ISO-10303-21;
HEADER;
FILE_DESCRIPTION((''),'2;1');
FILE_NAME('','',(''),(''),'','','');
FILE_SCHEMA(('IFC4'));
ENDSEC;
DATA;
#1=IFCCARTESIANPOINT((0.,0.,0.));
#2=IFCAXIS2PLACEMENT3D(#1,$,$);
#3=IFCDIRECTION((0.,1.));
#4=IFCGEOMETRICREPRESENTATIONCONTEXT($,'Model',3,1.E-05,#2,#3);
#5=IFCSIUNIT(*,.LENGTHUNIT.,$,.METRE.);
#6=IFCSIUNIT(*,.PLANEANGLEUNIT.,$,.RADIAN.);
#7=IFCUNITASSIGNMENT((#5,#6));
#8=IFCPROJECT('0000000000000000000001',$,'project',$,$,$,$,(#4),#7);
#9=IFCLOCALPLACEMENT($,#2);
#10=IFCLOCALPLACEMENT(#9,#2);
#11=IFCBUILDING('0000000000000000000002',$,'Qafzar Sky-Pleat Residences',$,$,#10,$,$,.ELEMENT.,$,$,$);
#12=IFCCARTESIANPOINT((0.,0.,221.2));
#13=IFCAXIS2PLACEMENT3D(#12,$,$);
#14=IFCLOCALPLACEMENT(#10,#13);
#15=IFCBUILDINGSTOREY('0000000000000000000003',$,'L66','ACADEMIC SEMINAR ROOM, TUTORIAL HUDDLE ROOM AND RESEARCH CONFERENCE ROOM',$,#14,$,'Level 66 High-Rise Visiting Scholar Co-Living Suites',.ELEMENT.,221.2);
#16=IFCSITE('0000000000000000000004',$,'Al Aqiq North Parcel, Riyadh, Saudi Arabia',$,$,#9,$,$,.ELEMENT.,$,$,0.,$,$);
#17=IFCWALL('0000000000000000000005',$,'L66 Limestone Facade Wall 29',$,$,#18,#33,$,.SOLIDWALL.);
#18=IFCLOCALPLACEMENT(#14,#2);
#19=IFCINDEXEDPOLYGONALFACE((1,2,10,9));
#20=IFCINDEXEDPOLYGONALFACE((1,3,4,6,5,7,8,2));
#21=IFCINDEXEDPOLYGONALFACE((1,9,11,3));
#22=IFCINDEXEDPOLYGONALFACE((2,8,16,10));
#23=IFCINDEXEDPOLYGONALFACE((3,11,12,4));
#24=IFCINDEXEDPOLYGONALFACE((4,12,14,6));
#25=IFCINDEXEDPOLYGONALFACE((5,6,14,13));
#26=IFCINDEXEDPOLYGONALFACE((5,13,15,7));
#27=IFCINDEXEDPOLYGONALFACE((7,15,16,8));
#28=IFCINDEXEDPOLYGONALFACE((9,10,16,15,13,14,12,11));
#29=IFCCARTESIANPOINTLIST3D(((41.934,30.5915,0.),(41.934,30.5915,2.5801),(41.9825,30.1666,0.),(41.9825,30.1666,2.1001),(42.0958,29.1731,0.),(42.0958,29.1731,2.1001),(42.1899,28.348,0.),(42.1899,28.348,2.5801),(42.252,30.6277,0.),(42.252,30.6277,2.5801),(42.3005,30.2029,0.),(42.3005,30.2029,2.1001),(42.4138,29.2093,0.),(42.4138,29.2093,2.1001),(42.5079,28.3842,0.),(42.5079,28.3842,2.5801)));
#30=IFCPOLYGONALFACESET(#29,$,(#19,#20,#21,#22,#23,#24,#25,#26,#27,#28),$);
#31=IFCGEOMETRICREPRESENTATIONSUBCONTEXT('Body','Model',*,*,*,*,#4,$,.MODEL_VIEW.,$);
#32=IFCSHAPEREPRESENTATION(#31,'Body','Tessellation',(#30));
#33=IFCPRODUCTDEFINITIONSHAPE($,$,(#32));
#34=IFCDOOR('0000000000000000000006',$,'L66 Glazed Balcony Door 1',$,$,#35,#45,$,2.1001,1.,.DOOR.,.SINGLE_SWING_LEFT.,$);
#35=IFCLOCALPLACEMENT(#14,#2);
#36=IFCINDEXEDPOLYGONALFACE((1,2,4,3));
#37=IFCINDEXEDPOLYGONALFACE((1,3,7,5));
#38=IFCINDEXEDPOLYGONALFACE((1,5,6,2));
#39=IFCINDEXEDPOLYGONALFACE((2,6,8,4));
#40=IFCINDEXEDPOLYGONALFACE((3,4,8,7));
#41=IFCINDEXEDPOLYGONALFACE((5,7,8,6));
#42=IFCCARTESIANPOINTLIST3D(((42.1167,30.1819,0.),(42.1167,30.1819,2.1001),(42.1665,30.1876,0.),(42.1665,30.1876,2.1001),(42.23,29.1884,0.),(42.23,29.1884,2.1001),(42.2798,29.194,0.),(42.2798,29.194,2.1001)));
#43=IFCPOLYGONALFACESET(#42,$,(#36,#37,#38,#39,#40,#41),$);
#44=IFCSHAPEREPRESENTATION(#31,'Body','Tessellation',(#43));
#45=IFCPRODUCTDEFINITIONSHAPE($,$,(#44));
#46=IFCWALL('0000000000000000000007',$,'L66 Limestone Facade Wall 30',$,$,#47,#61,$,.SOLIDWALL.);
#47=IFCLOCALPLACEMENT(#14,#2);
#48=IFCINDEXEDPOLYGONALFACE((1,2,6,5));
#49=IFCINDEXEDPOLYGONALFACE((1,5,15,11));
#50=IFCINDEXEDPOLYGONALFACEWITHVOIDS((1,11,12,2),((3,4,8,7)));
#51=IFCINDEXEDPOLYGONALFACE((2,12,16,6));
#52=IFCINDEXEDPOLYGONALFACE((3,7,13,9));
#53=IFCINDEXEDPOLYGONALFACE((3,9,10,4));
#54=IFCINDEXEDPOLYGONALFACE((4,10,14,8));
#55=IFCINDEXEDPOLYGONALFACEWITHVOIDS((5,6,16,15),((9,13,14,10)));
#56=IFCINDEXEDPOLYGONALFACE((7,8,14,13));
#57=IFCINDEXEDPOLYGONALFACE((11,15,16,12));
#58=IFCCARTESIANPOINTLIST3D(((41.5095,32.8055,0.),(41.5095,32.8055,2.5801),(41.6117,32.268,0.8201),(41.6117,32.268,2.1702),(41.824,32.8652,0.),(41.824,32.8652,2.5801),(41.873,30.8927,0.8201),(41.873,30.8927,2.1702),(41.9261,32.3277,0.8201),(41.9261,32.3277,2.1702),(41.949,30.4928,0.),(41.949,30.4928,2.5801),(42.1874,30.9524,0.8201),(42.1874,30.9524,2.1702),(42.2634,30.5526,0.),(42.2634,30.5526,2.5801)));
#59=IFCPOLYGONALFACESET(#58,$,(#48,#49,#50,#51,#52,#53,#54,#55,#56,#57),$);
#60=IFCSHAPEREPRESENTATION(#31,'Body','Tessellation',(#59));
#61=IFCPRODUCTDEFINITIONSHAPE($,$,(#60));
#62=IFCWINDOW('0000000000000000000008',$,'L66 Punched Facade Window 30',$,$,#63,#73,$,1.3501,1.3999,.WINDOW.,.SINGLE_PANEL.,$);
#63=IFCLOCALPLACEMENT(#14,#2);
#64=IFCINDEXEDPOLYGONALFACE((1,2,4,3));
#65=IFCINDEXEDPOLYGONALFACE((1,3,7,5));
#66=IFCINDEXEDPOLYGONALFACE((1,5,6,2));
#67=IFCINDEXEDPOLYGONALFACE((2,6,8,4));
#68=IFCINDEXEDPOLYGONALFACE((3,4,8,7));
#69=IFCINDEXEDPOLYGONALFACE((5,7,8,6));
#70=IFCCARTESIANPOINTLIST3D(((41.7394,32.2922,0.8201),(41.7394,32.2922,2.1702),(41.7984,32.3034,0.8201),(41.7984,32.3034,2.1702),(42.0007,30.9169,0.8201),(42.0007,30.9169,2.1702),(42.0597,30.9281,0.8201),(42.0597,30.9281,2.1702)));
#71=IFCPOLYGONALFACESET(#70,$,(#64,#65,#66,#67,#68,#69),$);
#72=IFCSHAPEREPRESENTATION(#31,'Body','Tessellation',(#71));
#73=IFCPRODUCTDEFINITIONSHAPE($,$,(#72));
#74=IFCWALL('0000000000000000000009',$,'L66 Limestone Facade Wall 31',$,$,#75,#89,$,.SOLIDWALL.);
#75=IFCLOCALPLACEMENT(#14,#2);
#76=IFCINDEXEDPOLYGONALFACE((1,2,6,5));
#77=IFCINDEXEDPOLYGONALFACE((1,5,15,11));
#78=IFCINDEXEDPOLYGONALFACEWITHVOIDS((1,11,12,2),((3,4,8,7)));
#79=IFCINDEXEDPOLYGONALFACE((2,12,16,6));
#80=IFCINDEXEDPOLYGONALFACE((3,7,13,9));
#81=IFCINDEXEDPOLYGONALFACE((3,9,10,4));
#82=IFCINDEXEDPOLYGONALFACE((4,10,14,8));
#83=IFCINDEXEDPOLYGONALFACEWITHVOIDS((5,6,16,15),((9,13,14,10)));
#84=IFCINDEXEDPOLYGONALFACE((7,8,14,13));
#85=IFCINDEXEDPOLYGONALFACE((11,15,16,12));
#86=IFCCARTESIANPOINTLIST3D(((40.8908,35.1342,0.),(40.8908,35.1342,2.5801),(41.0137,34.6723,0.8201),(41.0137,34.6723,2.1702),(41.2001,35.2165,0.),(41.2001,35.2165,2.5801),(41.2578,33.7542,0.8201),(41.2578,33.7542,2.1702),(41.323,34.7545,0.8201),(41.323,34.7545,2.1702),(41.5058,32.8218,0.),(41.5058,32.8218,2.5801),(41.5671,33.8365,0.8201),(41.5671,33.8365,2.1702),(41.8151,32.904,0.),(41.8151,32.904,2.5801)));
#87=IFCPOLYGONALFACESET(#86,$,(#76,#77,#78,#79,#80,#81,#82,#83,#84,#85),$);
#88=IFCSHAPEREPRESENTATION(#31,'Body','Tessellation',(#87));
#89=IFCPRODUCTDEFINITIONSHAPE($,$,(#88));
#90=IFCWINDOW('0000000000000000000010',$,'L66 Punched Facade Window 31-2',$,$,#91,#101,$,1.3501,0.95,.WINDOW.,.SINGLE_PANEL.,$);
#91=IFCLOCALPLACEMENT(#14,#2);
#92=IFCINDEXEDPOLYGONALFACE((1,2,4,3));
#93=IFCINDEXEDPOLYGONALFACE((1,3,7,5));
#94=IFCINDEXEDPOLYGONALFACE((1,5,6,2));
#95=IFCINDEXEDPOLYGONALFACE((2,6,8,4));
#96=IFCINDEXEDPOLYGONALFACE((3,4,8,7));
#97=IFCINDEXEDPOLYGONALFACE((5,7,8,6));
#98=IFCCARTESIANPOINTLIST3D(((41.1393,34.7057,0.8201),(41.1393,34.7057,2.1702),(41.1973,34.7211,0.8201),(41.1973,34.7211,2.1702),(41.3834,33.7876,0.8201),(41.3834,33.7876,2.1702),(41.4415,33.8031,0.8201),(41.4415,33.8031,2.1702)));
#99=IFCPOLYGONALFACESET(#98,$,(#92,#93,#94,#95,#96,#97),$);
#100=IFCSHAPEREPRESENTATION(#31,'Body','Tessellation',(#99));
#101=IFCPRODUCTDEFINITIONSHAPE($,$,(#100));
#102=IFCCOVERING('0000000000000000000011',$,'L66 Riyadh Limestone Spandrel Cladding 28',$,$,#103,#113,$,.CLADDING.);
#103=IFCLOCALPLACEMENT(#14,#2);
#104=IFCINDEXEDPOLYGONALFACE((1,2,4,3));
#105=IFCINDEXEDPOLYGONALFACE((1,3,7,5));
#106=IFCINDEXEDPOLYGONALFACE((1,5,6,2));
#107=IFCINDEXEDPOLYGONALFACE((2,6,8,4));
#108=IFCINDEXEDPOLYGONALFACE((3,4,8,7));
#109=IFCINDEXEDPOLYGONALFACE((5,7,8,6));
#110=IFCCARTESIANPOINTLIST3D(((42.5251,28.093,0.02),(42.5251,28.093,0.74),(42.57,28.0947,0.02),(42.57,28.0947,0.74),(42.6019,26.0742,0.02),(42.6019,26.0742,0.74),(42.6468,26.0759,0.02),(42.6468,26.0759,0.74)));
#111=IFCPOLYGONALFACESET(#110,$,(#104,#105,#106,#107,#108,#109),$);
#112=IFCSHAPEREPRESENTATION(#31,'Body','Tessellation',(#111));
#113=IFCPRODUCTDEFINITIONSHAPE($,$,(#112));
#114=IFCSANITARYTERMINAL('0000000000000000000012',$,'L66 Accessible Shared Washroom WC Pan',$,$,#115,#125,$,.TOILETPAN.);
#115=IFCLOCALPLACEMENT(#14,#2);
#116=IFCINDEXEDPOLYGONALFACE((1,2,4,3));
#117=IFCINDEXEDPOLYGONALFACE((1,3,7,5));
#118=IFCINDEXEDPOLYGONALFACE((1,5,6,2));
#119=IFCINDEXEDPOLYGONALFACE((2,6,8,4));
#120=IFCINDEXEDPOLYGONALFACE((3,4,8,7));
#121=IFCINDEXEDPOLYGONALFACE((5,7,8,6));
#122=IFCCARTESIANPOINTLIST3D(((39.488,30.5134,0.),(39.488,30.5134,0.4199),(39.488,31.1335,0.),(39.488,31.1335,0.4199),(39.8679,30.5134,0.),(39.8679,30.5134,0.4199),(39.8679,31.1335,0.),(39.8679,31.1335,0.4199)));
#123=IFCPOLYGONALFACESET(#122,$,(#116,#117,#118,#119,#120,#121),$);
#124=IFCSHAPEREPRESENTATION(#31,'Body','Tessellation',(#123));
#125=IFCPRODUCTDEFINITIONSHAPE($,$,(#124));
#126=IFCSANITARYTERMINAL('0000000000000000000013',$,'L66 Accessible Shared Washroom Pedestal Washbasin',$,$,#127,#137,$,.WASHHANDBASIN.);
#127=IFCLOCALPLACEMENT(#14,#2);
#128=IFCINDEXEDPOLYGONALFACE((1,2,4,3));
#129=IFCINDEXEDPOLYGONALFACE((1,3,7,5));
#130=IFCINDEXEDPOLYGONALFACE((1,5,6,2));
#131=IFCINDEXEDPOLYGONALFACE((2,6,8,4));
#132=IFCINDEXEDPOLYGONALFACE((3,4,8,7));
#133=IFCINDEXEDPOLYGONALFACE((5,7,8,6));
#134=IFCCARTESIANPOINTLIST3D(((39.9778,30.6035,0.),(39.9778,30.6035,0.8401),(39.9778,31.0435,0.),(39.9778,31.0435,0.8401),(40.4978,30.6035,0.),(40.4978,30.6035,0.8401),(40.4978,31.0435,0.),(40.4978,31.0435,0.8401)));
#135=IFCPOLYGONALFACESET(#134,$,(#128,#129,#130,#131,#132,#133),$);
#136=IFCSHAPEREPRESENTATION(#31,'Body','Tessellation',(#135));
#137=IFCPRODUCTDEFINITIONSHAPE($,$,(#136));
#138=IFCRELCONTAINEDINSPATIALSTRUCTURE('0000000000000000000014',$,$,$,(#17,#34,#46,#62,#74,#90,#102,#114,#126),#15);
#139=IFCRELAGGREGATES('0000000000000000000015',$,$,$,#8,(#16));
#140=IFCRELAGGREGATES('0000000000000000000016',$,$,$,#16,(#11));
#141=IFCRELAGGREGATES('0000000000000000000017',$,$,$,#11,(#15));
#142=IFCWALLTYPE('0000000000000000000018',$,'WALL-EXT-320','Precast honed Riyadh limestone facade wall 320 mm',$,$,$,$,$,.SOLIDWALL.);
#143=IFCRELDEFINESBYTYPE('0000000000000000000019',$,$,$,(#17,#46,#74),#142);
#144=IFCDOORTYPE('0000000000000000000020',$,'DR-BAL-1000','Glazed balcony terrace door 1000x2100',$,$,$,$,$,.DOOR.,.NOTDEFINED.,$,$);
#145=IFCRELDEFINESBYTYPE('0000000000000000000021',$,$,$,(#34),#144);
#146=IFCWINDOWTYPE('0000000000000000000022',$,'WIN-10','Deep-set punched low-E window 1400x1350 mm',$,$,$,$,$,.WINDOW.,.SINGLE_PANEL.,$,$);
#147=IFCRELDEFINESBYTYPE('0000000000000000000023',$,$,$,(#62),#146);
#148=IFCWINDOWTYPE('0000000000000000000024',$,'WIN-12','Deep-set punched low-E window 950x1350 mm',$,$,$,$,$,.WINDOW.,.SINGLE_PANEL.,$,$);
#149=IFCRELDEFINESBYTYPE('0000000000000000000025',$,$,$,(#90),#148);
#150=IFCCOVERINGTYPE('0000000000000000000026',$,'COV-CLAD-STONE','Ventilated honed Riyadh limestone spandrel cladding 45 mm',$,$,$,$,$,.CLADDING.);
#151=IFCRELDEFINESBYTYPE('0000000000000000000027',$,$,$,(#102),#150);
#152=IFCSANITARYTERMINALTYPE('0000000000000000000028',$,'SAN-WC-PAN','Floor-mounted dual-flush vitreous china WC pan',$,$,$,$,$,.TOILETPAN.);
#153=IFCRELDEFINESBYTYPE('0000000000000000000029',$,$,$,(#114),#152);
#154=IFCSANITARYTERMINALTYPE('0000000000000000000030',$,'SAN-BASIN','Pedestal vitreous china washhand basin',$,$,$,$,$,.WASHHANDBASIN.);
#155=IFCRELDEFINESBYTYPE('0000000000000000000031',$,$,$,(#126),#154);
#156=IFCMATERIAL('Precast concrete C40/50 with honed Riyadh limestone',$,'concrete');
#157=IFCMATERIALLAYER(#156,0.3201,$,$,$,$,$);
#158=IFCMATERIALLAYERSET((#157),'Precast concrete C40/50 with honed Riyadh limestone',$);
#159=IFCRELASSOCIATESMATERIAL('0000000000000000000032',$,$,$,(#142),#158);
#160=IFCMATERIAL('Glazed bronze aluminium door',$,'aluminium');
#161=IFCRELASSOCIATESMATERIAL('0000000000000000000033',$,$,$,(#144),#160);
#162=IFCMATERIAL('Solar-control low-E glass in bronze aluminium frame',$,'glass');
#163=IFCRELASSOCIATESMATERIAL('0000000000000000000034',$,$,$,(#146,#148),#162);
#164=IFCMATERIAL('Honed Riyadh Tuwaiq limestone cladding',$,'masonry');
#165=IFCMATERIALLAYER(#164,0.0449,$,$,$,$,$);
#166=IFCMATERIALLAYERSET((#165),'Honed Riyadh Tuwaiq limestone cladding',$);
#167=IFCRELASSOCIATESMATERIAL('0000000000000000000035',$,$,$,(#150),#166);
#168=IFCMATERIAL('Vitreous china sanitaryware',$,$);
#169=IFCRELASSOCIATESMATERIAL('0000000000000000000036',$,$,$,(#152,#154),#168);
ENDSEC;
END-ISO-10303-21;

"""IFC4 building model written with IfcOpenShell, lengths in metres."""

from ifc_helpers import new_model, si_unit, direction, frame, frame_2d, origin, origin_2d, place, context, subcontext, project, spatial, rectangle, extrude, source, transform, mapped, material, layer, layer_set, type_object, element, fill, save


model = new_model("IFC4")

# Units and contexts
model_context = context("Model", 3, precision=1e-05, world=origin(), true_north=direction((0.0, 1.0)))
body_context = subcontext(model_context, "Body", "Model", "MODEL_VIEW")
ifc_project = project(units=[si_unit("LENGTHUNIT", "METRE"), si_unit("PLANEANGLEUNIT", "RADIAN")], contexts=[model_context])

# Site, building, storey
site_placement = place(None, origin())
site = spatial("IfcSite", under=ifc_project, at=site_placement, Name="Al Aqiq North Parcel, Riyadh, Saudi Arabia", CompositionType="ELEMENT", RefElevation=0.0)
building_placement = place(site_placement, origin())
building = spatial("IfcBuilding", under=site, at=building_placement, Name="Qafzar Sky-Pleat Residences", CompositionType="ELEMENT")
storey_placement = place(building_placement, frame((0.0, 0.0, 221.2)))
storey = spatial("IfcBuildingStorey", under=building, at=storey_placement, Name="L66", Description="ACADEMIC SEMINAR ROOM, TUTORIAL HUDDLE ROOM AND RESEARCH CONFERENCE ROOM", LongName="Level 66 High-Rise Visiting Scholar Co-Living Suites", CompositionType="ELEMENT", Elevation=221.2)

# Wall, opening, door
ifc_material_1 = material(Name="Precast concrete C40/50 with honed Riyadh limestone", Category="concrete")
ifc_layer_1 = layer(ifc_material_1, 0.3201)
ifc_layer_set_1 = layer_set([ifc_layer_1], Name="Precast concrete C40/50 with honed Riyadh limestone")
wall_type_1 = type_object("IfcWallType", Name="WALL-EXT-320", Description="Precast honed Riyadh limestone facade wall 320 mm", PredefinedType="SOLIDWALL", material=ifc_layer_set_1)
wall_1_placement = place(storey_placement, frame((42.3489, 28.3662, 0.0), z_axis=(0.0, 0.0, 1.0), x_axis=(-0.113315, 0.993559, 0.0)))
wall_1 = element("IfcWall", 1, at=wall_1_placement, inside=storey, type_object=wall_type_1, Name="L66 Limestone Facade Wall 29", PredefinedType="SOLIDWALL", context=body_context, shape_type="SweptSolid", body=[
    extrude(rectangle(XDim=2.2581, YDim=0.3201, at=frame_2d((1.1289, 0.0))), origin(), (0.0, 0.0, 1.0), 2.5801),
])
opening_1_placement = place(wall_1_placement, frame((0.8303, 0.0, 0.0)))
opening_1 = element("IfcOpeningElement", 2, at=opening_1_placement, cuts=wall_1, PredefinedType="OPENING", context=body_context, shape_type="SweptSolid", body=[
    extrude(rectangle(XDim=1.0, YDim=2.1001, at=frame_2d((0.5, 1.05))), frame((0.0, 0.1699, 0.0), z_axis=(0.0, -1.0, 0.0), x_axis=(1.0, 0.0, 0.0)), (0.0, 0.0, 1.0), 0.3401),
])
ifc_material_2 = material(Name="Glazed bronze aluminium door", Category="aluminium")
door_type = type_object("IfcDoorType", Name="DR-BAL-1000", Description="Glazed balcony terrace door 1000x2100", OperationType="NOTDEFINED", PredefinedType="DOOR", material=ifc_material_2)
shared_shape_1 = source(origin(), body_context, "Body", "SweptSolid", [
    extrude(rectangle(XDim=1.0, YDim=2.1001, at=frame_2d((0.5, 1.05))), frame((0.0, 0.0249, 0.0), z_axis=(0.0, -1.0, 0.0), x_axis=(1.0, 0.0, 0.0)), (0.0, 0.0, 1.0), 0.05),
])
door_placement = place(opening_1_placement, origin())
door = element("IfcDoor", 3, at=door_placement, inside=storey, type_object=door_type, Name="L66 Glazed Balcony Door 1", OperationType="SINGLE_SWING_LEFT", OverallHeight=2.1001, OverallWidth=1.0, PredefinedType="DOOR", context=body_context, shape_type="MappedRepresentation", body=[
    mapped(shared_shape_1, transform((0.0, 0.0, 0.0), x_axis=(1.0, 0.0, 0.0), y_axis=(0.0, 1.0, 0.0), z_axis=(0.0, 0.0, 1.0), scale=1.0)),
])
fill(opening_1, door)

# Walls, openings, windows
wall_2_placement = place(storey_placement, frame((42.1062, 30.5227, 0.0), z_axis=(0.0, 0.0, 1.0), x_axis=(-0.186674, 0.982422, 0.0)))
wall_2 = element("IfcWall", 4, at=wall_2_placement, inside=storey, type_object=wall_type_1, Name="L66 Limestone Facade Wall 30", PredefinedType="SOLIDWALL", context=body_context, shape_type="SweptSolid", body=[
    extrude(rectangle(XDim=2.354, YDim=0.3201, at=frame_2d((1.177, 0.0))), origin(), (0.0, 0.0, 1.0), 2.5801),
])
opening_2_placement = place(wall_2_placement, frame((0.407, 0.0, 0.8201)))
opening_2 = element("IfcOpeningElement", 5, at=opening_2_placement, cuts=wall_2, PredefinedType="OPENING", context=body_context, shape_type="SweptSolid", body=[
    extrude(rectangle(XDim=1.3999, YDim=1.3501, at=frame_2d((0.7, 0.675))), frame((0.0, 0.1699, 0.0), z_axis=(0.0, -1.0, 0.0), x_axis=(1.0, 0.0, 0.0)), (0.0, 0.0, 1.0), 0.3401),
])
ifc_material_3 = material(Name="Solar-control low-E glass in bronze aluminium frame", Category="glass")
window_type_1 = type_object("IfcWindowType", Name="WIN-10", Description="Deep-set punched low-E window 1400x1350 mm", PartitioningType="SINGLE_PANEL", PredefinedType="WINDOW", material=ifc_material_3)
shared_shape_2 = source(origin(), body_context, "Body", "SweptSolid", [
    extrude(rectangle(XDim=1.3999, YDim=1.3501, at=frame_2d((0.7, 0.675))), frame((0.0, 0.03, 0.0), z_axis=(0.0, -1.0, 0.0), x_axis=(1.0, 0.0, 0.0)), (0.0, 0.0, 1.0), 0.0601),
])
window_1_placement = place(opening_2_placement, origin())
window_1 = element("IfcWindow", 6, at=window_1_placement, inside=storey, type_object=window_type_1, Name="L66 Punched Facade Window 30", OverallHeight=1.3501, OverallWidth=1.3999, PartitioningType="SINGLE_PANEL", PredefinedType="WINDOW", context=body_context, shape_type="MappedRepresentation", body=[
    mapped(shared_shape_2, transform((0.0, 0.0, 0.0), x_axis=(1.0, 0.0, 0.0), y_axis=(0.0, 1.0, 0.0), z_axis=(0.0, 0.0, 1.0), scale=1.0)),
])
fill(opening_2, window_1)
wall_3_placement = place(storey_placement, frame((41.6604, 32.863, 0.0), z_axis=(0.0, 0.0, 1.0), x_axis=(-0.257009, 0.966409, 0.0)))
wall_3 = element("IfcWall", 7, at=wall_3_placement, inside=storey, type_object=wall_type_1, Name="L66 Limestone Facade Wall 31", PredefinedType="SOLIDWALL", context=body_context, shape_type="SweptSolid", body=[
    extrude(rectangle(XDim=2.3928, YDim=0.3201, at=frame_2d((1.1963, 0.0))), origin(), (0.0, 0.0, 1.0), 2.5801),
])
opening_3_placement = place(wall_3_placement, frame((0.9646, 0.0, 0.8201)))
opening_3 = element("IfcOpeningElement", 8, at=opening_3_placement, cuts=wall_3, PredefinedType="OPENING", context=body_context, shape_type="SweptSolid", body=[
    extrude(rectangle(XDim=0.95, YDim=1.3501, at=frame_2d((0.4751, 0.675))), frame((0.0, 0.1699, 0.0), z_axis=(0.0, -1.0, 0.0), x_axis=(1.0, 0.0, 0.0)), (0.0, 0.0, 1.0), 0.3401),
])
window_type_2 = type_object("IfcWindowType", Name="WIN-12", Description="Deep-set punched low-E window 950x1350 mm", PartitioningType="SINGLE_PANEL", PredefinedType="WINDOW", material=ifc_material_3)
shared_shape_3 = source(origin(), body_context, "Body", "SweptSolid", [
    extrude(rectangle(XDim=0.95, YDim=1.3501, at=frame_2d((0.4751, 0.675))), frame((0.0, 0.03, 0.0), z_axis=(0.0, -1.0, 0.0), x_axis=(1.0, 0.0, 0.0)), (0.0, 0.0, 1.0), 0.0601),
])
window_2_placement = place(opening_3_placement, origin())
window_2 = element("IfcWindow", 9, at=window_2_placement, inside=storey, type_object=window_type_2, Name="L66 Punched Facade Window 31-2", OverallHeight=1.3501, OverallWidth=0.95, PartitioningType="SINGLE_PANEL", PredefinedType="WINDOW", context=body_context, shape_type="MappedRepresentation", body=[
    mapped(shared_shape_3, transform((0.0, 0.0, 0.0), x_axis=(1.0, 0.0, 0.0), y_axis=(0.0, 1.0, 0.0), z_axis=(0.0, 0.0, 1.0), scale=1.0)),
])
fill(opening_3, window_2)

# Covering
ifc_material_4 = material(Name="Honed Riyadh Tuwaiq limestone cladding", Category="masonry")
ifc_layer_2 = layer(ifc_material_4, 0.0449)
ifc_layer_set_2 = layer_set([ifc_layer_2], Name="Honed Riyadh Tuwaiq limestone cladding")
covering_type = type_object("IfcCoveringType", Name="COV-CLAD-STONE", Description="Ventilated honed Riyadh limestone spandrel cladding 45 mm", PredefinedType="CLADDING", material=ifc_layer_set_2)
shared_shape_4 = source(origin(), body_context, "Body", "SweptSolid", [
    extrude(rectangle(XDim=2.0203, YDim=0.0449, at=origin_2d()), origin(), (0.0, 0.0, 1.0), 0.72),
])
covering_placement = place(storey_placement, frame((42.5859, 27.0845, 0.02), z_axis=(0.0, 0.0, 1.0), x_axis=(-0.038002, 0.999278, 0.0)))
element("IfcCovering", 10, at=covering_placement, inside=storey, type_object=covering_type, Name="L66 Riyadh Limestone Spandrel Cladding 28", PredefinedType="CLADDING", context=body_context, shape_type="MappedRepresentation", body=[
    mapped(shared_shape_4, transform((0.0, 0.0, 0.0), x_axis=(1.0, 0.0, 0.0), y_axis=(0.0, 1.0, 0.0), z_axis=(0.0, 0.0, 1.0), scale=1.0)),
])

# Sanitary terminals
ifc_material_5 = material(Name="Vitreous china sanitaryware")
sanitary_terminal_type_1 = type_object("IfcSanitaryTerminalType", Name="SAN-WC-PAN", Description="Floor-mounted dual-flush vitreous china WC pan", PredefinedType="TOILETPAN", material=ifc_material_5)
shared_shape_5 = source(origin(), body_context, "Body", "SweptSolid", [
    extrude(rectangle(XDim=0.3799, YDim=0.6201, at=origin_2d()), origin(), (0.0, 0.0, 1.0), 0.4199),
])
sanitary_terminal_1_placement = place(storey_placement, frame((39.678, 30.8235, 0.0), z_axis=(0.0, 0.0, 1.0), x_axis=(1.0, 0.0, 0.0)))
element("IfcSanitaryTerminal", 11, at=sanitary_terminal_1_placement, inside=storey, type_object=sanitary_terminal_type_1, Name="L66 Accessible Shared Washroom WC Pan", PredefinedType="TOILETPAN", context=body_context, shape_type="MappedRepresentation", body=[
    mapped(shared_shape_5, transform((0.0, 0.0, 0.0), x_axis=(1.0, 0.0, 0.0), y_axis=(0.0, 1.0, 0.0), z_axis=(0.0, 0.0, 1.0), scale=1.0)),
])
sanitary_terminal_type_2 = type_object("IfcSanitaryTerminalType", Name="SAN-BASIN", Description="Pedestal vitreous china washhand basin", PredefinedType="WASHHANDBASIN", material=ifc_material_5)
shared_shape_6 = source(origin(), body_context, "Body", "SweptSolid", [
    extrude(rectangle(XDim=0.52, YDim=0.4399, at=origin_2d()), origin(), (0.0, 0.0, 1.0), 0.8401),
])
sanitary_terminal_2_placement = place(storey_placement, frame((40.2378, 30.8235, 0.0), z_axis=(0.0, 0.0, 1.0), x_axis=(1.0, 0.0, 0.0)))
element("IfcSanitaryTerminal", 12, at=sanitary_terminal_2_placement, inside=storey, type_object=sanitary_terminal_type_2, Name="L66 Accessible Shared Washroom Pedestal Washbasin", PredefinedType="WASHHANDBASIN", context=body_context, shape_type="MappedRepresentation", body=[
    mapped(shared_shape_6, transform((0.0, 0.0, 0.0), x_axis=(1.0, 0.0, 0.0), y_axis=(0.0, 1.0, 0.0), z_axis=(0.0, 0.0, 1.0), scale=1.0)),
])

save(model, "model.ifc")
